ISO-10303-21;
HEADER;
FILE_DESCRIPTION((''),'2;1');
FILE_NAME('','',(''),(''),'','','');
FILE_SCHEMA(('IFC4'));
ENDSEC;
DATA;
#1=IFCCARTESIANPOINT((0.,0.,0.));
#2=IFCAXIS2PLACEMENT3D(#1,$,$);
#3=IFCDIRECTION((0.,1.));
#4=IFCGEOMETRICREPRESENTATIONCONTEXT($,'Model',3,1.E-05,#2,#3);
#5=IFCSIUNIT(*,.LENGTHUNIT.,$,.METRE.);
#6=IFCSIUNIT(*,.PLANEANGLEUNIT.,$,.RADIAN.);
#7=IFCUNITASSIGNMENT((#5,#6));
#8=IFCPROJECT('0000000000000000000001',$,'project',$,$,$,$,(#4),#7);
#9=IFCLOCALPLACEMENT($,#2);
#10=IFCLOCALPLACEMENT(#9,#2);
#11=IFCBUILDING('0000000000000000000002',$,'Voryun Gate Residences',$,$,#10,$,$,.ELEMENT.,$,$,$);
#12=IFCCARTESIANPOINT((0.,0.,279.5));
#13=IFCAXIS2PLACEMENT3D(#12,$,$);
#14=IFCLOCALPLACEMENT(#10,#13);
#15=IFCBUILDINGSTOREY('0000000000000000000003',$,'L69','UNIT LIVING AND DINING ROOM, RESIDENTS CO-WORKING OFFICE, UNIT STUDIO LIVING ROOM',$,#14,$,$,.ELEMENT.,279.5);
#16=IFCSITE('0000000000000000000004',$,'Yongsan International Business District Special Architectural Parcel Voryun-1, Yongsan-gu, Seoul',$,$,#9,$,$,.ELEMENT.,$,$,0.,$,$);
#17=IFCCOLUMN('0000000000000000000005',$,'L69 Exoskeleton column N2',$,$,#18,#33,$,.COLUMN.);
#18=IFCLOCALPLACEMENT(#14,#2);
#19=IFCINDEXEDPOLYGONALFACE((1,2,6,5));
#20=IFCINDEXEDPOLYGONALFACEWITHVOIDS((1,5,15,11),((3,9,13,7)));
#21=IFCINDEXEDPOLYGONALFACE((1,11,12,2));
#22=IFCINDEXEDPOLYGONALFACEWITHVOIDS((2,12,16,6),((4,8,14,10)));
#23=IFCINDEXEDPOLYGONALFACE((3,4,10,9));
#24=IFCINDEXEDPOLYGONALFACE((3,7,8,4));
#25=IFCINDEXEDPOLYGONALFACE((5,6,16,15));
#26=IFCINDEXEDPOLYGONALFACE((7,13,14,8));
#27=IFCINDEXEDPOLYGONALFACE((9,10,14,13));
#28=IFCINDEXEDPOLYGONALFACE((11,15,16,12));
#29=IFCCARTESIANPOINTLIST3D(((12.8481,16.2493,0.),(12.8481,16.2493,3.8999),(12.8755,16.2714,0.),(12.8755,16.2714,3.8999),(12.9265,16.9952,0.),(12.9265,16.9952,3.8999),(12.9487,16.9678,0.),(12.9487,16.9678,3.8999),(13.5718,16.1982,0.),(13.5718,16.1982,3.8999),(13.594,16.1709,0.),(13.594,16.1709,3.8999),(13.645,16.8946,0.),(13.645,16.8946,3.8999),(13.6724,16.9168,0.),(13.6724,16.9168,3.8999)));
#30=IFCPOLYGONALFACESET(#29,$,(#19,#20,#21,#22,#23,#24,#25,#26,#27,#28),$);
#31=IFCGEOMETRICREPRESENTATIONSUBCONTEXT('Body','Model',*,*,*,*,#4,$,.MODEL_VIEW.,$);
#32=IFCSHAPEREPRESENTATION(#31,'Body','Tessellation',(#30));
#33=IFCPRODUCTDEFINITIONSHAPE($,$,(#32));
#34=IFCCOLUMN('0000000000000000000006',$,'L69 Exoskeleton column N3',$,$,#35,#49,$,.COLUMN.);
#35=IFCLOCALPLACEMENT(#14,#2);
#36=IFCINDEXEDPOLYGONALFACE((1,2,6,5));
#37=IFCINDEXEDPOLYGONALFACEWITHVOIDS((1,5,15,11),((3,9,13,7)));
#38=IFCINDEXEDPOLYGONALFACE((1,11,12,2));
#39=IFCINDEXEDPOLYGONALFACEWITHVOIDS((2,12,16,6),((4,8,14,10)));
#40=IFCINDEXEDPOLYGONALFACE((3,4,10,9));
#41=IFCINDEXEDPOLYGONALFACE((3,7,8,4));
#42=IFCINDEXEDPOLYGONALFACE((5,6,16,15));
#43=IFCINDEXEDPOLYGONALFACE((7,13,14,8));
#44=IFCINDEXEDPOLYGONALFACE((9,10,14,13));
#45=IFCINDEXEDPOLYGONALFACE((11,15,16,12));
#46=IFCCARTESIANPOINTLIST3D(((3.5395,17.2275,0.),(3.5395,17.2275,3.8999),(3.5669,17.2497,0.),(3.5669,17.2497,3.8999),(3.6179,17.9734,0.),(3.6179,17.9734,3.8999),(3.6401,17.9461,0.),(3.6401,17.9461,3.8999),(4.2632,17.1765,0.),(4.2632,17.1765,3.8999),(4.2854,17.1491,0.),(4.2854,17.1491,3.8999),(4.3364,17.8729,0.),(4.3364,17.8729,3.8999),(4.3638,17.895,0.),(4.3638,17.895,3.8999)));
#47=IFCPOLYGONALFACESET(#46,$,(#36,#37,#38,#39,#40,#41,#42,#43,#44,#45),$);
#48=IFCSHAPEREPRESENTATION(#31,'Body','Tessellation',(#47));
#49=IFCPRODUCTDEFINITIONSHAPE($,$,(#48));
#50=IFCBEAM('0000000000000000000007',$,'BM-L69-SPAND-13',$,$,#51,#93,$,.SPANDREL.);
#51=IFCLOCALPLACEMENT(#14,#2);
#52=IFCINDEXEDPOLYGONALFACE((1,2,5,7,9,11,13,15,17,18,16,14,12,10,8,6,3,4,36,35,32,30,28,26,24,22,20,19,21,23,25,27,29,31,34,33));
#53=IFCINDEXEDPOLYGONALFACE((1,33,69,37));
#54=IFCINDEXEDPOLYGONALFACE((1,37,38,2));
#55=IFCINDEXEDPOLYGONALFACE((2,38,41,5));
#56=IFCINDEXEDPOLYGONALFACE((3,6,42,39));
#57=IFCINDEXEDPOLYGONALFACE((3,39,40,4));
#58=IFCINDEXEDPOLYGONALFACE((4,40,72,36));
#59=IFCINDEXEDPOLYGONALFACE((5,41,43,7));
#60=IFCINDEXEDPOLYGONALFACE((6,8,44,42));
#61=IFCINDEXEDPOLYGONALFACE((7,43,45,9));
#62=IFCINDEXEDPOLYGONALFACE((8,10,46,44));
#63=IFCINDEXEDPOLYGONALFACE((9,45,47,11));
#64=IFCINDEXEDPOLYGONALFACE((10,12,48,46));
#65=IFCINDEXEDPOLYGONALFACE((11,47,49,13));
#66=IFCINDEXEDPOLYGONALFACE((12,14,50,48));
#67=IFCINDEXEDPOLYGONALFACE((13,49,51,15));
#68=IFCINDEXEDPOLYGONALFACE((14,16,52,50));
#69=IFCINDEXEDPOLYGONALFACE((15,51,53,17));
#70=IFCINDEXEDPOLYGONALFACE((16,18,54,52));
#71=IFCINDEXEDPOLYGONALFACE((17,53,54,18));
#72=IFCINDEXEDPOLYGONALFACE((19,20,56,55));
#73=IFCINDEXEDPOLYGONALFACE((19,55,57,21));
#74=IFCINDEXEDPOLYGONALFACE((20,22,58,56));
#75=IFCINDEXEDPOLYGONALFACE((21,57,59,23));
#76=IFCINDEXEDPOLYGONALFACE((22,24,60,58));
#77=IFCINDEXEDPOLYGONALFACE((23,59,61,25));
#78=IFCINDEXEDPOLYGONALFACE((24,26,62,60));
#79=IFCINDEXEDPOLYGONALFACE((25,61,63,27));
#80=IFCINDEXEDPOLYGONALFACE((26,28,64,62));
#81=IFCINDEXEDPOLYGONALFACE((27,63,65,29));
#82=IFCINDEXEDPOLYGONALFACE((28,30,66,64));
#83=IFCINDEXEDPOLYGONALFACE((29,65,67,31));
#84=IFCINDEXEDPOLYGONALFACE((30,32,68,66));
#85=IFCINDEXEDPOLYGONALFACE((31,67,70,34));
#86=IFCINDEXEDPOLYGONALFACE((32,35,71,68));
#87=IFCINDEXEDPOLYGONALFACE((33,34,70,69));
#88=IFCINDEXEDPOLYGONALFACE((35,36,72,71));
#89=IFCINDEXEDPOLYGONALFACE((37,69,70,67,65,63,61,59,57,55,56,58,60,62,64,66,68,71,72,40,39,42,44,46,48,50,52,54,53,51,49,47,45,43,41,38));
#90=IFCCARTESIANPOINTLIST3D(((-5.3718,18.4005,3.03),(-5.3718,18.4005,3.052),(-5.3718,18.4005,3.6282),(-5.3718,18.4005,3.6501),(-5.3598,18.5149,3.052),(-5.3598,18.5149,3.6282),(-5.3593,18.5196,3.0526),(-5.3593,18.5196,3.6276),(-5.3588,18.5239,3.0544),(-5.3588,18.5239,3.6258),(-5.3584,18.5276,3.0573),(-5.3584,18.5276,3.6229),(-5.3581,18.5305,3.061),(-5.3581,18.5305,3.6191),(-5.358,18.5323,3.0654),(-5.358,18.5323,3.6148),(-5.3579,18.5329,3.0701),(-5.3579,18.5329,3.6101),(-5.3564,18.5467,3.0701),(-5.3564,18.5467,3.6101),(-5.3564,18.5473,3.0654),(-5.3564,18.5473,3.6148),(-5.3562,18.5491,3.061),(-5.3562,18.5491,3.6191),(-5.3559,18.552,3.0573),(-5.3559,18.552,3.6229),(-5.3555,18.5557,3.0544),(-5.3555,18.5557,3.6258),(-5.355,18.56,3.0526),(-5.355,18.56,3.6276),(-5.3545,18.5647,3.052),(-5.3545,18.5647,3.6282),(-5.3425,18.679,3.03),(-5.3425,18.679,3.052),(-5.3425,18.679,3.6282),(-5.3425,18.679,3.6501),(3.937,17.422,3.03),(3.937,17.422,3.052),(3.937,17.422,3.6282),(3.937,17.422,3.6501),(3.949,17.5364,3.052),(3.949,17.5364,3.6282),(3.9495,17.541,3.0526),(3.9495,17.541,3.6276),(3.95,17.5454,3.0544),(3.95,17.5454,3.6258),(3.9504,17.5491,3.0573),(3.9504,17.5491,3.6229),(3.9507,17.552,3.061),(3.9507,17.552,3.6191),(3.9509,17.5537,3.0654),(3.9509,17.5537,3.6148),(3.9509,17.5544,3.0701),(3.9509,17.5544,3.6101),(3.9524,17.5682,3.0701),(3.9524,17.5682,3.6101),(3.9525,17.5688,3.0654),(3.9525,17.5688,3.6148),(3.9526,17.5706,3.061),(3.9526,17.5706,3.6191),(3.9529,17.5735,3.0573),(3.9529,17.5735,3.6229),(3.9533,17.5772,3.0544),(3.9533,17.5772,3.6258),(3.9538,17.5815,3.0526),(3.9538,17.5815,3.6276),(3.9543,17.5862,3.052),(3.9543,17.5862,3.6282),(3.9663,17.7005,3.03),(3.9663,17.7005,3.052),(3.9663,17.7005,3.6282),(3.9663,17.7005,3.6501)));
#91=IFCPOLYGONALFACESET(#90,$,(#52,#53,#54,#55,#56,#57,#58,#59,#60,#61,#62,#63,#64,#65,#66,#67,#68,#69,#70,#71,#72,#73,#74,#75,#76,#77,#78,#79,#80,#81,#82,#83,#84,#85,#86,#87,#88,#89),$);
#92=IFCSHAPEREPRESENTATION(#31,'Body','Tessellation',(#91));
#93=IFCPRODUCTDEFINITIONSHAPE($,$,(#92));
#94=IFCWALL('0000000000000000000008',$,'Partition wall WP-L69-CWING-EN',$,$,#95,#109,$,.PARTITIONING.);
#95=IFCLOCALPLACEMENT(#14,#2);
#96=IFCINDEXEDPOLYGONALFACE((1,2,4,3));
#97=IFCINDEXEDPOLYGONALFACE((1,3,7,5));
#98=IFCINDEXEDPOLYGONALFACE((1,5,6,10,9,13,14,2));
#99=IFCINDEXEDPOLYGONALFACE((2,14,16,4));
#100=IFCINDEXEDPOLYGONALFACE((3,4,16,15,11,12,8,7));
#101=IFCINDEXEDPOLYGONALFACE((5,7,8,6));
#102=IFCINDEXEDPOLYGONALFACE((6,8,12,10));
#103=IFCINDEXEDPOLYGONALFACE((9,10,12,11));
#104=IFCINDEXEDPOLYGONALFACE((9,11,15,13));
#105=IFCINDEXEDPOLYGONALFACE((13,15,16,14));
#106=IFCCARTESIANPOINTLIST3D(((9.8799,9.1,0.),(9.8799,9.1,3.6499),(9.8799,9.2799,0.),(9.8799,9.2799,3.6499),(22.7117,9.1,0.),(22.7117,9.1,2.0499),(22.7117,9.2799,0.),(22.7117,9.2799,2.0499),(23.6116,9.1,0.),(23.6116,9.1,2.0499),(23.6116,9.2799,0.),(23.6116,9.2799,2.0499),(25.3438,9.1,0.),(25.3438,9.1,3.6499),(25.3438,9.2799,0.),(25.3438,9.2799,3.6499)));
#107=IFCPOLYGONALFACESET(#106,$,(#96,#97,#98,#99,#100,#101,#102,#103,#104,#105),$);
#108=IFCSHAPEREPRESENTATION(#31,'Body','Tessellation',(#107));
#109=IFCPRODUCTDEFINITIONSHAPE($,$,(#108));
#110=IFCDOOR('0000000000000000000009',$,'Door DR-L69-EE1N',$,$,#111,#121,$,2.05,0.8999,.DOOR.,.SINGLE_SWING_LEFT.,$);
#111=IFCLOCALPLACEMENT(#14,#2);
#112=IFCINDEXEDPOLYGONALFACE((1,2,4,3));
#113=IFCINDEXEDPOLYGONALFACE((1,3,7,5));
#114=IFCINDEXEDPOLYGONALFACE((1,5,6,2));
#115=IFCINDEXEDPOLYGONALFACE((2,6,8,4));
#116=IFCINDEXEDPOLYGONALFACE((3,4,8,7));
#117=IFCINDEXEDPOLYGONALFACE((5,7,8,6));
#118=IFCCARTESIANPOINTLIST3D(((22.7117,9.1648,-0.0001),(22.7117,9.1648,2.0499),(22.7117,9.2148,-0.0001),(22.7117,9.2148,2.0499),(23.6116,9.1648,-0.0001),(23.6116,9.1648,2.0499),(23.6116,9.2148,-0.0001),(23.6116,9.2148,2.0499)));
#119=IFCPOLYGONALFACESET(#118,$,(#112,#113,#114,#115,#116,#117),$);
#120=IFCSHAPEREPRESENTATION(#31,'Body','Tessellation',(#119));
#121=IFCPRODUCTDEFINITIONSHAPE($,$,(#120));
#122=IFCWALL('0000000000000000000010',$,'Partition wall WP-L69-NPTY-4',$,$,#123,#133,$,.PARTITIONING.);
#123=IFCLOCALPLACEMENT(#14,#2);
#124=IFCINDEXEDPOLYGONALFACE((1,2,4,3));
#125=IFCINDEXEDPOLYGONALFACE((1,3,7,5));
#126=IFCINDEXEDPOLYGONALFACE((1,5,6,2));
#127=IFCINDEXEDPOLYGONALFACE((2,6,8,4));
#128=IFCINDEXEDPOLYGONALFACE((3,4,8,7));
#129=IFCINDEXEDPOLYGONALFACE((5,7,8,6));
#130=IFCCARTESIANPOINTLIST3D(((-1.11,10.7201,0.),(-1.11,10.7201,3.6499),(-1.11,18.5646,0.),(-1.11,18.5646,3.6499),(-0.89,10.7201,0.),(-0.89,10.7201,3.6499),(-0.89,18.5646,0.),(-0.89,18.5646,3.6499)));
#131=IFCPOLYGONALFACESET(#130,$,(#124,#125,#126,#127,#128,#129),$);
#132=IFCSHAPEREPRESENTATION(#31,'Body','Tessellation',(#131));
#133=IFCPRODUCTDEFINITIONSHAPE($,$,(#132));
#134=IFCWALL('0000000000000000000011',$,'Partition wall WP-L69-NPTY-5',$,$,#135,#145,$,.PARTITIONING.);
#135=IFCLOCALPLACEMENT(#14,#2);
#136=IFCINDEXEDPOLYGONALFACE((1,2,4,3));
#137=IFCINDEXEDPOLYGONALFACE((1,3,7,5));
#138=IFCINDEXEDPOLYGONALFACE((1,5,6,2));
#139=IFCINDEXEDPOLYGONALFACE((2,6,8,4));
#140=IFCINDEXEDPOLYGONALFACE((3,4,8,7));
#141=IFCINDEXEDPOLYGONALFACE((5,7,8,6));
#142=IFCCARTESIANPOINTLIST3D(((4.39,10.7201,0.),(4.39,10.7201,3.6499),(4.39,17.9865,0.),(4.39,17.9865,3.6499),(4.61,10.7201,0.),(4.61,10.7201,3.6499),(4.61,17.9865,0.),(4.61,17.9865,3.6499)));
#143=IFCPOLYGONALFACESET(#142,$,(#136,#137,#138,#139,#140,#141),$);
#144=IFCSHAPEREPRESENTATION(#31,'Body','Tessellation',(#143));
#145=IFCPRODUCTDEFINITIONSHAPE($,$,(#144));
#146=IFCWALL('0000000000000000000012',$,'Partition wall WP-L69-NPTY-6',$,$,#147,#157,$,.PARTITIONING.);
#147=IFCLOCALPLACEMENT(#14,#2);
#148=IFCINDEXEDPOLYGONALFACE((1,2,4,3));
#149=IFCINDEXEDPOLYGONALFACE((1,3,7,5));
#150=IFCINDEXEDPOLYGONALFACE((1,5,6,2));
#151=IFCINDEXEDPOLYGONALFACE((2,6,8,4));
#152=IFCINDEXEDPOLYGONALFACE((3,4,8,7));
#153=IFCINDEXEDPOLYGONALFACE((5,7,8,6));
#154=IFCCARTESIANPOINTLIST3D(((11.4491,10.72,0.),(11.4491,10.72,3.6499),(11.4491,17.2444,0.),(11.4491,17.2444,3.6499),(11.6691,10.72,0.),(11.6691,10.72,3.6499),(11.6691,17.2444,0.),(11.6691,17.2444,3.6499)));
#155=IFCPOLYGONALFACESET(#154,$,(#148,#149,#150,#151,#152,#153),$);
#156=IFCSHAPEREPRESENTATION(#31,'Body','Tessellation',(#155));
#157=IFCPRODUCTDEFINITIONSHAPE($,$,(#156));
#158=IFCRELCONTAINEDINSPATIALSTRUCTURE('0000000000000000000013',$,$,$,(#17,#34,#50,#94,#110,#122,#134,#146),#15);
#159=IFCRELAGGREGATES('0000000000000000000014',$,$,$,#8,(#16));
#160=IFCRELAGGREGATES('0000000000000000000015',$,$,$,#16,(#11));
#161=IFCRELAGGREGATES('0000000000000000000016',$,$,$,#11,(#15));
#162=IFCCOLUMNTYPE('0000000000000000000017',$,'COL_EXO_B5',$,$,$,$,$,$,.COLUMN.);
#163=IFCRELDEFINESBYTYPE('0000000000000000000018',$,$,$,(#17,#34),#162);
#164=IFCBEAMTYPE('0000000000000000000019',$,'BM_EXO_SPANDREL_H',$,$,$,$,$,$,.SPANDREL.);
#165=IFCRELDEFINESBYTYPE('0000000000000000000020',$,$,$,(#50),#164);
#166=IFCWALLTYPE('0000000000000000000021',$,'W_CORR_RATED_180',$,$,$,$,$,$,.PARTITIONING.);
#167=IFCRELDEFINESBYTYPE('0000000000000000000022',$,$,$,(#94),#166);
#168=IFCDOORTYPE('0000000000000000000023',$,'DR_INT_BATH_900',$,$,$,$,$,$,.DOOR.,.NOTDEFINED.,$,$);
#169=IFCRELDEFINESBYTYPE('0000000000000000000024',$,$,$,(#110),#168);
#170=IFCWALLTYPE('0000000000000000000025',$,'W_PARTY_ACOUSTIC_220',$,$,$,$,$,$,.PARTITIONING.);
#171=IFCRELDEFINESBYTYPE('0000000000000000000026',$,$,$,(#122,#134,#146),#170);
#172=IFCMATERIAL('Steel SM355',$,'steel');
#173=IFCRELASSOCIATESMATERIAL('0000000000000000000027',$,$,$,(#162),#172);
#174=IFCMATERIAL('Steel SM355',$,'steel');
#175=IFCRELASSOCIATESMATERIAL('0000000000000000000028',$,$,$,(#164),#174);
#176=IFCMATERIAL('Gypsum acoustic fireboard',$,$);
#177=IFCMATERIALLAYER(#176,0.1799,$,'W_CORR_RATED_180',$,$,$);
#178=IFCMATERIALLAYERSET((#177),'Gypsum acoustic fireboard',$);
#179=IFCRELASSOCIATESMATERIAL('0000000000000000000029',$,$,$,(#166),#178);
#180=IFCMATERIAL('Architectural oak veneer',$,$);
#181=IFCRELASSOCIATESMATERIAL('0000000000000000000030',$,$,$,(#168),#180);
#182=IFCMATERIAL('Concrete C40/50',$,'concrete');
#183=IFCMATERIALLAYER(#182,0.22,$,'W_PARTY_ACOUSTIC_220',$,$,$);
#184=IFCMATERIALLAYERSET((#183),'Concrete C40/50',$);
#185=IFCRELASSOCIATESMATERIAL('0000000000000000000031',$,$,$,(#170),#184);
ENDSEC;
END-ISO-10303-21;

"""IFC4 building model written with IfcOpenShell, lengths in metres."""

from ifc_helpers import new_model, si_unit, direction, frame, frame_2d, origin, origin_2d, place, context, subcontext, project, spatial, rectangle, hollow_rectangle, i_section, extrude, material, layer, layer_set, material_profile, profile_set, type_object, element, fill, save


model = new_model("IFC4")

# Units and contexts
model_context = context("Model", 3, precision=1e-05, world=origin(), true_north=direction((0.0, 1.0)))
body_context = subcontext(model_context, "Body", "Model", "MODEL_VIEW")
ifc_project = project(units=[si_unit("LENGTHUNIT", "METRE"), si_unit("PLANEANGLEUNIT", "RADIAN")], contexts=[model_context])

# Site, building, storey
site_placement = place(None, origin())
site = spatial("IfcSite", under=ifc_project, at=site_placement, Name="Yongsan International Business District Special Architectural Parcel Voryun-1, Yongsan-gu, Seoul", CompositionType="ELEMENT", RefElevation=0.0)
building_placement = place(site_placement, origin())
building = spatial("IfcBuilding", under=site, at=building_placement, Name="Voryun Gate Residences", CompositionType="ELEMENT")
storey_placement = place(building_placement, frame((0.0, 0.0, 279.5)))
storey = spatial("IfcBuildingStorey", under=building, at=storey_placement, Name="L69", Description="UNIT LIVING AND DINING ROOM, RESIDENTS CO-WORKING OFFICE, UNIT STUDIO LIVING ROOM", CompositionType="ELEMENT", Elevation=279.5)

# Columns
ifc_material_1 = material(Name="Steel SM355", Category="steel")
ifc_material_profile_1 = material_profile(ifc_material_1, hollow_rectangle(XDim=0.75, YDim=0.75, WallThickness=0.0249, at=origin_2d()), Name="BOX-750x750x25")
ifc_profile_set_1 = profile_set([ifc_material_profile_1], Name="Steel SM355")
column_type = type_object("IfcColumnType", Name="COL_EXO_B5", PredefinedType="COLUMN", material=ifc_profile_set_1)
for number, where, z_axis, x_axis, name in (
    (1, (13.2603, 16.583, 0.0), (0.0, 0.0, 1.0), (0.994522, -0.104528, 0.0), "L69 Exoskeleton column N2"),
    (2, (3.9517, 17.5613, 0.0), (0.0, 0.0, 1.0), (0.994522, -0.104528, 0.0), "L69 Exoskeleton column N3"),
):
    element("IfcColumn", number, at=place(storey_placement, frame(where, z_axis=z_axis, x_axis=x_axis)), inside=storey, type_object=column_type, Name=name, PredefinedType="COLUMN", context=body_context, shape_type="SweptSolid", body=[
        extrude(hollow_rectangle(XDim=0.75, YDim=0.75, WallThickness=0.0249, at=origin_2d()), origin(), (0.0, 0.0, 1.0), 3.8999),
    ])

# Beam
ifc_material_2 = material(Name="Steel SM355", Category="steel")
ifc_material_profile_2 = material_profile(ifc_material_2, i_section(OverallWidth=0.28, OverallDepth=0.6201, WebThickness=0.0139, FlangeThickness=0.022, FilletRadius=0.0181, at=origin_2d()), Name="H-620x280x14x22")
ifc_profile_set_2 = profile_set([ifc_material_profile_2], Name="Steel SM355")
beam_type = type_object("IfcBeamType", Name="BM_EXO_SPANDREL_H", PredefinedType="SPANDREL", material=ifc_profile_set_2)
beam_placement = place(storey_placement, frame((3.9517, 17.5613, 3.3401), z_axis=(-0.994521, 0.104541, 0.0), x_axis=(-0.104541, -0.994521, 0.0)))
element("IfcBeam", 3, at=beam_placement, inside=storey, type_object=beam_type, Name="BM-L69-SPAND-13", PredefinedType="SPANDREL", context=body_context, shape_type="SweptSolid", body=[
    extrude(i_section(OverallWidth=0.28, OverallDepth=0.6201, WebThickness=0.0139, FlangeThickness=0.022, FilletRadius=0.0181, at=origin_2d()), origin(), (0.0, 0.0, 1.0), 9.3601),
])

# Wall, opening, door
ifc_material_3 = material(Name="Gypsum acoustic fireboard")
ifc_layer_1 = layer(ifc_material_3, 0.1799, Name="W_CORR_RATED_180")
ifc_layer_set_1 = layer_set([ifc_layer_1], Name="Gypsum acoustic fireboard")
wall_type_1 = type_object("IfcWallType", Name="W_CORR_RATED_180", PredefinedType="PARTITIONING", material=ifc_layer_set_1)
wall_1_placement = place(storey_placement, frame((9.8799, 9.1899, 0.0), z_axis=(0.0, 0.0, 1.0), x_axis=(1.0, 0.0, 0.0)))
wall_1 = element("IfcWall", 4, at=wall_1_placement, inside=storey, type_object=wall_type_1, Name="Partition wall WP-L69-CWING-EN", PredefinedType="PARTITIONING", context=body_context, shape_type="SweptSolid", body=[
    extrude(rectangle(XDim=15.4639, YDim=0.1799, at=frame_2d((7.7319, 0.0))), origin(), (0.0, 0.0, 1.0), 3.6499),
])
opening_1_placement = place(wall_1_placement, frame((12.8318, 0.0, 0.0)))
opening_1 = element("IfcOpeningElement", 5, at=opening_1_placement, cuts=wall_1, PredefinedType="OPENING", context=body_context, shape_type="SweptSolid", body=[
    extrude(rectangle(XDim=0.8999, YDim=2.05, at=frame_2d((0.45, 1.0249))), frame((0.0, 0.0999, 0.0), z_axis=(0.0, -1.0, 0.0), x_axis=(1.0, 0.0, 0.0)), (0.0, 0.0, 1.0), 0.2),
])
ifc_material_4 = material(Name="Architectural oak veneer")
door_type_1 = type_object("IfcDoorType", Name="DR_INT_BATH_900", OperationType="NOTDEFINED", PredefinedType="DOOR", material=ifc_material_4)
door_1_placement = place(opening_1_placement, origin())
door_1 = element("IfcDoor", 6, at=door_1_placement, inside=storey, type_object=door_type_1, Name="Door DR-L69-EE1N", OperationType="SINGLE_SWING_LEFT", OverallHeight=2.05, OverallWidth=0.8999, PredefinedType="DOOR", context=body_context, shape_type="SweptSolid", body=[
    extrude(rectangle(XDim=0.8999, YDim=2.05, at=frame_2d((0.45, 1.0249))), frame((0.0, 0.0249, 0.0), z_axis=(0.0, -1.0, 0.0), x_axis=(1.0, 0.0, 0.0)), (0.0, 0.0, 1.0), 0.05),
])
fill(opening_1, door_1)

# Walls
ifc_material_5 = material(Name="Concrete C40/50", Category="concrete")
ifc_layer_2 = layer(ifc_material_5, 0.22, Name="W_PARTY_ACOUSTIC_220")
ifc_layer_set_2 = layer_set([ifc_layer_2], Name="Concrete C40/50")
wall_type_2 = type_object("IfcWallType", Name="W_PARTY_ACOUSTIC_220", PredefinedType="PARTITIONING", material=ifc_layer_set_2)
wall_2_placement = place(storey_placement, frame((-1.0, 10.72, 0.0), z_axis=(0.0, 0.0, 1.0), x_axis=(0.0, 1.0, 0.0)))
element("IfcWall", 7, at=wall_2_placement, inside=storey, type_object=wall_type_2, Name="Partition wall WP-L69-NPTY-4", PredefinedType="PARTITIONING", context=body_context, shape_type="SweptSolid", body=[
    extrude(rectangle(XDim=7.8445, YDim=0.22, at=frame_2d((3.9224, 0.0))), origin(), (0.0, 0.0, 1.0), 3.6499),
])
wall_3_placement = place(storey_placement, frame((4.5, 10.72, 0.0), z_axis=(0.0, 0.0, 1.0), x_axis=(0.0, 1.0, 0.0)))
element("IfcWall", 8, at=wall_3_placement, inside=storey, type_object=wall_type_2, Name="Partition wall WP-L69-NPTY-5", PredefinedType="PARTITIONING", context=body_context, shape_type="SweptSolid", body=[
    extrude(rectangle(XDim=7.2664, YDim=0.22, at=frame_2d((3.6333, 0.0))), origin(), (0.0, 0.0, 1.0), 3.6499),
])
wall_4_placement = place(storey_placement, frame((11.5591, 10.72, 0.0), z_axis=(0.0, 0.0, 1.0), x_axis=(0.0, 1.0, 0.0)))
element("IfcWall", 9, at=wall_4_placement, inside=storey, type_object=wall_type_2, Name="Partition wall WP-L69-NPTY-6", PredefinedType="PARTITIONING", context=body_context, shape_type="SweptSolid", body=[
    extrude(rectangle(XDim=6.5244, YDim=0.22, at=frame_2d((3.2622, 0.0))), origin(), (0.0, 0.0, 1.0), 3.6499),
])

save(model, "model.ifc")
